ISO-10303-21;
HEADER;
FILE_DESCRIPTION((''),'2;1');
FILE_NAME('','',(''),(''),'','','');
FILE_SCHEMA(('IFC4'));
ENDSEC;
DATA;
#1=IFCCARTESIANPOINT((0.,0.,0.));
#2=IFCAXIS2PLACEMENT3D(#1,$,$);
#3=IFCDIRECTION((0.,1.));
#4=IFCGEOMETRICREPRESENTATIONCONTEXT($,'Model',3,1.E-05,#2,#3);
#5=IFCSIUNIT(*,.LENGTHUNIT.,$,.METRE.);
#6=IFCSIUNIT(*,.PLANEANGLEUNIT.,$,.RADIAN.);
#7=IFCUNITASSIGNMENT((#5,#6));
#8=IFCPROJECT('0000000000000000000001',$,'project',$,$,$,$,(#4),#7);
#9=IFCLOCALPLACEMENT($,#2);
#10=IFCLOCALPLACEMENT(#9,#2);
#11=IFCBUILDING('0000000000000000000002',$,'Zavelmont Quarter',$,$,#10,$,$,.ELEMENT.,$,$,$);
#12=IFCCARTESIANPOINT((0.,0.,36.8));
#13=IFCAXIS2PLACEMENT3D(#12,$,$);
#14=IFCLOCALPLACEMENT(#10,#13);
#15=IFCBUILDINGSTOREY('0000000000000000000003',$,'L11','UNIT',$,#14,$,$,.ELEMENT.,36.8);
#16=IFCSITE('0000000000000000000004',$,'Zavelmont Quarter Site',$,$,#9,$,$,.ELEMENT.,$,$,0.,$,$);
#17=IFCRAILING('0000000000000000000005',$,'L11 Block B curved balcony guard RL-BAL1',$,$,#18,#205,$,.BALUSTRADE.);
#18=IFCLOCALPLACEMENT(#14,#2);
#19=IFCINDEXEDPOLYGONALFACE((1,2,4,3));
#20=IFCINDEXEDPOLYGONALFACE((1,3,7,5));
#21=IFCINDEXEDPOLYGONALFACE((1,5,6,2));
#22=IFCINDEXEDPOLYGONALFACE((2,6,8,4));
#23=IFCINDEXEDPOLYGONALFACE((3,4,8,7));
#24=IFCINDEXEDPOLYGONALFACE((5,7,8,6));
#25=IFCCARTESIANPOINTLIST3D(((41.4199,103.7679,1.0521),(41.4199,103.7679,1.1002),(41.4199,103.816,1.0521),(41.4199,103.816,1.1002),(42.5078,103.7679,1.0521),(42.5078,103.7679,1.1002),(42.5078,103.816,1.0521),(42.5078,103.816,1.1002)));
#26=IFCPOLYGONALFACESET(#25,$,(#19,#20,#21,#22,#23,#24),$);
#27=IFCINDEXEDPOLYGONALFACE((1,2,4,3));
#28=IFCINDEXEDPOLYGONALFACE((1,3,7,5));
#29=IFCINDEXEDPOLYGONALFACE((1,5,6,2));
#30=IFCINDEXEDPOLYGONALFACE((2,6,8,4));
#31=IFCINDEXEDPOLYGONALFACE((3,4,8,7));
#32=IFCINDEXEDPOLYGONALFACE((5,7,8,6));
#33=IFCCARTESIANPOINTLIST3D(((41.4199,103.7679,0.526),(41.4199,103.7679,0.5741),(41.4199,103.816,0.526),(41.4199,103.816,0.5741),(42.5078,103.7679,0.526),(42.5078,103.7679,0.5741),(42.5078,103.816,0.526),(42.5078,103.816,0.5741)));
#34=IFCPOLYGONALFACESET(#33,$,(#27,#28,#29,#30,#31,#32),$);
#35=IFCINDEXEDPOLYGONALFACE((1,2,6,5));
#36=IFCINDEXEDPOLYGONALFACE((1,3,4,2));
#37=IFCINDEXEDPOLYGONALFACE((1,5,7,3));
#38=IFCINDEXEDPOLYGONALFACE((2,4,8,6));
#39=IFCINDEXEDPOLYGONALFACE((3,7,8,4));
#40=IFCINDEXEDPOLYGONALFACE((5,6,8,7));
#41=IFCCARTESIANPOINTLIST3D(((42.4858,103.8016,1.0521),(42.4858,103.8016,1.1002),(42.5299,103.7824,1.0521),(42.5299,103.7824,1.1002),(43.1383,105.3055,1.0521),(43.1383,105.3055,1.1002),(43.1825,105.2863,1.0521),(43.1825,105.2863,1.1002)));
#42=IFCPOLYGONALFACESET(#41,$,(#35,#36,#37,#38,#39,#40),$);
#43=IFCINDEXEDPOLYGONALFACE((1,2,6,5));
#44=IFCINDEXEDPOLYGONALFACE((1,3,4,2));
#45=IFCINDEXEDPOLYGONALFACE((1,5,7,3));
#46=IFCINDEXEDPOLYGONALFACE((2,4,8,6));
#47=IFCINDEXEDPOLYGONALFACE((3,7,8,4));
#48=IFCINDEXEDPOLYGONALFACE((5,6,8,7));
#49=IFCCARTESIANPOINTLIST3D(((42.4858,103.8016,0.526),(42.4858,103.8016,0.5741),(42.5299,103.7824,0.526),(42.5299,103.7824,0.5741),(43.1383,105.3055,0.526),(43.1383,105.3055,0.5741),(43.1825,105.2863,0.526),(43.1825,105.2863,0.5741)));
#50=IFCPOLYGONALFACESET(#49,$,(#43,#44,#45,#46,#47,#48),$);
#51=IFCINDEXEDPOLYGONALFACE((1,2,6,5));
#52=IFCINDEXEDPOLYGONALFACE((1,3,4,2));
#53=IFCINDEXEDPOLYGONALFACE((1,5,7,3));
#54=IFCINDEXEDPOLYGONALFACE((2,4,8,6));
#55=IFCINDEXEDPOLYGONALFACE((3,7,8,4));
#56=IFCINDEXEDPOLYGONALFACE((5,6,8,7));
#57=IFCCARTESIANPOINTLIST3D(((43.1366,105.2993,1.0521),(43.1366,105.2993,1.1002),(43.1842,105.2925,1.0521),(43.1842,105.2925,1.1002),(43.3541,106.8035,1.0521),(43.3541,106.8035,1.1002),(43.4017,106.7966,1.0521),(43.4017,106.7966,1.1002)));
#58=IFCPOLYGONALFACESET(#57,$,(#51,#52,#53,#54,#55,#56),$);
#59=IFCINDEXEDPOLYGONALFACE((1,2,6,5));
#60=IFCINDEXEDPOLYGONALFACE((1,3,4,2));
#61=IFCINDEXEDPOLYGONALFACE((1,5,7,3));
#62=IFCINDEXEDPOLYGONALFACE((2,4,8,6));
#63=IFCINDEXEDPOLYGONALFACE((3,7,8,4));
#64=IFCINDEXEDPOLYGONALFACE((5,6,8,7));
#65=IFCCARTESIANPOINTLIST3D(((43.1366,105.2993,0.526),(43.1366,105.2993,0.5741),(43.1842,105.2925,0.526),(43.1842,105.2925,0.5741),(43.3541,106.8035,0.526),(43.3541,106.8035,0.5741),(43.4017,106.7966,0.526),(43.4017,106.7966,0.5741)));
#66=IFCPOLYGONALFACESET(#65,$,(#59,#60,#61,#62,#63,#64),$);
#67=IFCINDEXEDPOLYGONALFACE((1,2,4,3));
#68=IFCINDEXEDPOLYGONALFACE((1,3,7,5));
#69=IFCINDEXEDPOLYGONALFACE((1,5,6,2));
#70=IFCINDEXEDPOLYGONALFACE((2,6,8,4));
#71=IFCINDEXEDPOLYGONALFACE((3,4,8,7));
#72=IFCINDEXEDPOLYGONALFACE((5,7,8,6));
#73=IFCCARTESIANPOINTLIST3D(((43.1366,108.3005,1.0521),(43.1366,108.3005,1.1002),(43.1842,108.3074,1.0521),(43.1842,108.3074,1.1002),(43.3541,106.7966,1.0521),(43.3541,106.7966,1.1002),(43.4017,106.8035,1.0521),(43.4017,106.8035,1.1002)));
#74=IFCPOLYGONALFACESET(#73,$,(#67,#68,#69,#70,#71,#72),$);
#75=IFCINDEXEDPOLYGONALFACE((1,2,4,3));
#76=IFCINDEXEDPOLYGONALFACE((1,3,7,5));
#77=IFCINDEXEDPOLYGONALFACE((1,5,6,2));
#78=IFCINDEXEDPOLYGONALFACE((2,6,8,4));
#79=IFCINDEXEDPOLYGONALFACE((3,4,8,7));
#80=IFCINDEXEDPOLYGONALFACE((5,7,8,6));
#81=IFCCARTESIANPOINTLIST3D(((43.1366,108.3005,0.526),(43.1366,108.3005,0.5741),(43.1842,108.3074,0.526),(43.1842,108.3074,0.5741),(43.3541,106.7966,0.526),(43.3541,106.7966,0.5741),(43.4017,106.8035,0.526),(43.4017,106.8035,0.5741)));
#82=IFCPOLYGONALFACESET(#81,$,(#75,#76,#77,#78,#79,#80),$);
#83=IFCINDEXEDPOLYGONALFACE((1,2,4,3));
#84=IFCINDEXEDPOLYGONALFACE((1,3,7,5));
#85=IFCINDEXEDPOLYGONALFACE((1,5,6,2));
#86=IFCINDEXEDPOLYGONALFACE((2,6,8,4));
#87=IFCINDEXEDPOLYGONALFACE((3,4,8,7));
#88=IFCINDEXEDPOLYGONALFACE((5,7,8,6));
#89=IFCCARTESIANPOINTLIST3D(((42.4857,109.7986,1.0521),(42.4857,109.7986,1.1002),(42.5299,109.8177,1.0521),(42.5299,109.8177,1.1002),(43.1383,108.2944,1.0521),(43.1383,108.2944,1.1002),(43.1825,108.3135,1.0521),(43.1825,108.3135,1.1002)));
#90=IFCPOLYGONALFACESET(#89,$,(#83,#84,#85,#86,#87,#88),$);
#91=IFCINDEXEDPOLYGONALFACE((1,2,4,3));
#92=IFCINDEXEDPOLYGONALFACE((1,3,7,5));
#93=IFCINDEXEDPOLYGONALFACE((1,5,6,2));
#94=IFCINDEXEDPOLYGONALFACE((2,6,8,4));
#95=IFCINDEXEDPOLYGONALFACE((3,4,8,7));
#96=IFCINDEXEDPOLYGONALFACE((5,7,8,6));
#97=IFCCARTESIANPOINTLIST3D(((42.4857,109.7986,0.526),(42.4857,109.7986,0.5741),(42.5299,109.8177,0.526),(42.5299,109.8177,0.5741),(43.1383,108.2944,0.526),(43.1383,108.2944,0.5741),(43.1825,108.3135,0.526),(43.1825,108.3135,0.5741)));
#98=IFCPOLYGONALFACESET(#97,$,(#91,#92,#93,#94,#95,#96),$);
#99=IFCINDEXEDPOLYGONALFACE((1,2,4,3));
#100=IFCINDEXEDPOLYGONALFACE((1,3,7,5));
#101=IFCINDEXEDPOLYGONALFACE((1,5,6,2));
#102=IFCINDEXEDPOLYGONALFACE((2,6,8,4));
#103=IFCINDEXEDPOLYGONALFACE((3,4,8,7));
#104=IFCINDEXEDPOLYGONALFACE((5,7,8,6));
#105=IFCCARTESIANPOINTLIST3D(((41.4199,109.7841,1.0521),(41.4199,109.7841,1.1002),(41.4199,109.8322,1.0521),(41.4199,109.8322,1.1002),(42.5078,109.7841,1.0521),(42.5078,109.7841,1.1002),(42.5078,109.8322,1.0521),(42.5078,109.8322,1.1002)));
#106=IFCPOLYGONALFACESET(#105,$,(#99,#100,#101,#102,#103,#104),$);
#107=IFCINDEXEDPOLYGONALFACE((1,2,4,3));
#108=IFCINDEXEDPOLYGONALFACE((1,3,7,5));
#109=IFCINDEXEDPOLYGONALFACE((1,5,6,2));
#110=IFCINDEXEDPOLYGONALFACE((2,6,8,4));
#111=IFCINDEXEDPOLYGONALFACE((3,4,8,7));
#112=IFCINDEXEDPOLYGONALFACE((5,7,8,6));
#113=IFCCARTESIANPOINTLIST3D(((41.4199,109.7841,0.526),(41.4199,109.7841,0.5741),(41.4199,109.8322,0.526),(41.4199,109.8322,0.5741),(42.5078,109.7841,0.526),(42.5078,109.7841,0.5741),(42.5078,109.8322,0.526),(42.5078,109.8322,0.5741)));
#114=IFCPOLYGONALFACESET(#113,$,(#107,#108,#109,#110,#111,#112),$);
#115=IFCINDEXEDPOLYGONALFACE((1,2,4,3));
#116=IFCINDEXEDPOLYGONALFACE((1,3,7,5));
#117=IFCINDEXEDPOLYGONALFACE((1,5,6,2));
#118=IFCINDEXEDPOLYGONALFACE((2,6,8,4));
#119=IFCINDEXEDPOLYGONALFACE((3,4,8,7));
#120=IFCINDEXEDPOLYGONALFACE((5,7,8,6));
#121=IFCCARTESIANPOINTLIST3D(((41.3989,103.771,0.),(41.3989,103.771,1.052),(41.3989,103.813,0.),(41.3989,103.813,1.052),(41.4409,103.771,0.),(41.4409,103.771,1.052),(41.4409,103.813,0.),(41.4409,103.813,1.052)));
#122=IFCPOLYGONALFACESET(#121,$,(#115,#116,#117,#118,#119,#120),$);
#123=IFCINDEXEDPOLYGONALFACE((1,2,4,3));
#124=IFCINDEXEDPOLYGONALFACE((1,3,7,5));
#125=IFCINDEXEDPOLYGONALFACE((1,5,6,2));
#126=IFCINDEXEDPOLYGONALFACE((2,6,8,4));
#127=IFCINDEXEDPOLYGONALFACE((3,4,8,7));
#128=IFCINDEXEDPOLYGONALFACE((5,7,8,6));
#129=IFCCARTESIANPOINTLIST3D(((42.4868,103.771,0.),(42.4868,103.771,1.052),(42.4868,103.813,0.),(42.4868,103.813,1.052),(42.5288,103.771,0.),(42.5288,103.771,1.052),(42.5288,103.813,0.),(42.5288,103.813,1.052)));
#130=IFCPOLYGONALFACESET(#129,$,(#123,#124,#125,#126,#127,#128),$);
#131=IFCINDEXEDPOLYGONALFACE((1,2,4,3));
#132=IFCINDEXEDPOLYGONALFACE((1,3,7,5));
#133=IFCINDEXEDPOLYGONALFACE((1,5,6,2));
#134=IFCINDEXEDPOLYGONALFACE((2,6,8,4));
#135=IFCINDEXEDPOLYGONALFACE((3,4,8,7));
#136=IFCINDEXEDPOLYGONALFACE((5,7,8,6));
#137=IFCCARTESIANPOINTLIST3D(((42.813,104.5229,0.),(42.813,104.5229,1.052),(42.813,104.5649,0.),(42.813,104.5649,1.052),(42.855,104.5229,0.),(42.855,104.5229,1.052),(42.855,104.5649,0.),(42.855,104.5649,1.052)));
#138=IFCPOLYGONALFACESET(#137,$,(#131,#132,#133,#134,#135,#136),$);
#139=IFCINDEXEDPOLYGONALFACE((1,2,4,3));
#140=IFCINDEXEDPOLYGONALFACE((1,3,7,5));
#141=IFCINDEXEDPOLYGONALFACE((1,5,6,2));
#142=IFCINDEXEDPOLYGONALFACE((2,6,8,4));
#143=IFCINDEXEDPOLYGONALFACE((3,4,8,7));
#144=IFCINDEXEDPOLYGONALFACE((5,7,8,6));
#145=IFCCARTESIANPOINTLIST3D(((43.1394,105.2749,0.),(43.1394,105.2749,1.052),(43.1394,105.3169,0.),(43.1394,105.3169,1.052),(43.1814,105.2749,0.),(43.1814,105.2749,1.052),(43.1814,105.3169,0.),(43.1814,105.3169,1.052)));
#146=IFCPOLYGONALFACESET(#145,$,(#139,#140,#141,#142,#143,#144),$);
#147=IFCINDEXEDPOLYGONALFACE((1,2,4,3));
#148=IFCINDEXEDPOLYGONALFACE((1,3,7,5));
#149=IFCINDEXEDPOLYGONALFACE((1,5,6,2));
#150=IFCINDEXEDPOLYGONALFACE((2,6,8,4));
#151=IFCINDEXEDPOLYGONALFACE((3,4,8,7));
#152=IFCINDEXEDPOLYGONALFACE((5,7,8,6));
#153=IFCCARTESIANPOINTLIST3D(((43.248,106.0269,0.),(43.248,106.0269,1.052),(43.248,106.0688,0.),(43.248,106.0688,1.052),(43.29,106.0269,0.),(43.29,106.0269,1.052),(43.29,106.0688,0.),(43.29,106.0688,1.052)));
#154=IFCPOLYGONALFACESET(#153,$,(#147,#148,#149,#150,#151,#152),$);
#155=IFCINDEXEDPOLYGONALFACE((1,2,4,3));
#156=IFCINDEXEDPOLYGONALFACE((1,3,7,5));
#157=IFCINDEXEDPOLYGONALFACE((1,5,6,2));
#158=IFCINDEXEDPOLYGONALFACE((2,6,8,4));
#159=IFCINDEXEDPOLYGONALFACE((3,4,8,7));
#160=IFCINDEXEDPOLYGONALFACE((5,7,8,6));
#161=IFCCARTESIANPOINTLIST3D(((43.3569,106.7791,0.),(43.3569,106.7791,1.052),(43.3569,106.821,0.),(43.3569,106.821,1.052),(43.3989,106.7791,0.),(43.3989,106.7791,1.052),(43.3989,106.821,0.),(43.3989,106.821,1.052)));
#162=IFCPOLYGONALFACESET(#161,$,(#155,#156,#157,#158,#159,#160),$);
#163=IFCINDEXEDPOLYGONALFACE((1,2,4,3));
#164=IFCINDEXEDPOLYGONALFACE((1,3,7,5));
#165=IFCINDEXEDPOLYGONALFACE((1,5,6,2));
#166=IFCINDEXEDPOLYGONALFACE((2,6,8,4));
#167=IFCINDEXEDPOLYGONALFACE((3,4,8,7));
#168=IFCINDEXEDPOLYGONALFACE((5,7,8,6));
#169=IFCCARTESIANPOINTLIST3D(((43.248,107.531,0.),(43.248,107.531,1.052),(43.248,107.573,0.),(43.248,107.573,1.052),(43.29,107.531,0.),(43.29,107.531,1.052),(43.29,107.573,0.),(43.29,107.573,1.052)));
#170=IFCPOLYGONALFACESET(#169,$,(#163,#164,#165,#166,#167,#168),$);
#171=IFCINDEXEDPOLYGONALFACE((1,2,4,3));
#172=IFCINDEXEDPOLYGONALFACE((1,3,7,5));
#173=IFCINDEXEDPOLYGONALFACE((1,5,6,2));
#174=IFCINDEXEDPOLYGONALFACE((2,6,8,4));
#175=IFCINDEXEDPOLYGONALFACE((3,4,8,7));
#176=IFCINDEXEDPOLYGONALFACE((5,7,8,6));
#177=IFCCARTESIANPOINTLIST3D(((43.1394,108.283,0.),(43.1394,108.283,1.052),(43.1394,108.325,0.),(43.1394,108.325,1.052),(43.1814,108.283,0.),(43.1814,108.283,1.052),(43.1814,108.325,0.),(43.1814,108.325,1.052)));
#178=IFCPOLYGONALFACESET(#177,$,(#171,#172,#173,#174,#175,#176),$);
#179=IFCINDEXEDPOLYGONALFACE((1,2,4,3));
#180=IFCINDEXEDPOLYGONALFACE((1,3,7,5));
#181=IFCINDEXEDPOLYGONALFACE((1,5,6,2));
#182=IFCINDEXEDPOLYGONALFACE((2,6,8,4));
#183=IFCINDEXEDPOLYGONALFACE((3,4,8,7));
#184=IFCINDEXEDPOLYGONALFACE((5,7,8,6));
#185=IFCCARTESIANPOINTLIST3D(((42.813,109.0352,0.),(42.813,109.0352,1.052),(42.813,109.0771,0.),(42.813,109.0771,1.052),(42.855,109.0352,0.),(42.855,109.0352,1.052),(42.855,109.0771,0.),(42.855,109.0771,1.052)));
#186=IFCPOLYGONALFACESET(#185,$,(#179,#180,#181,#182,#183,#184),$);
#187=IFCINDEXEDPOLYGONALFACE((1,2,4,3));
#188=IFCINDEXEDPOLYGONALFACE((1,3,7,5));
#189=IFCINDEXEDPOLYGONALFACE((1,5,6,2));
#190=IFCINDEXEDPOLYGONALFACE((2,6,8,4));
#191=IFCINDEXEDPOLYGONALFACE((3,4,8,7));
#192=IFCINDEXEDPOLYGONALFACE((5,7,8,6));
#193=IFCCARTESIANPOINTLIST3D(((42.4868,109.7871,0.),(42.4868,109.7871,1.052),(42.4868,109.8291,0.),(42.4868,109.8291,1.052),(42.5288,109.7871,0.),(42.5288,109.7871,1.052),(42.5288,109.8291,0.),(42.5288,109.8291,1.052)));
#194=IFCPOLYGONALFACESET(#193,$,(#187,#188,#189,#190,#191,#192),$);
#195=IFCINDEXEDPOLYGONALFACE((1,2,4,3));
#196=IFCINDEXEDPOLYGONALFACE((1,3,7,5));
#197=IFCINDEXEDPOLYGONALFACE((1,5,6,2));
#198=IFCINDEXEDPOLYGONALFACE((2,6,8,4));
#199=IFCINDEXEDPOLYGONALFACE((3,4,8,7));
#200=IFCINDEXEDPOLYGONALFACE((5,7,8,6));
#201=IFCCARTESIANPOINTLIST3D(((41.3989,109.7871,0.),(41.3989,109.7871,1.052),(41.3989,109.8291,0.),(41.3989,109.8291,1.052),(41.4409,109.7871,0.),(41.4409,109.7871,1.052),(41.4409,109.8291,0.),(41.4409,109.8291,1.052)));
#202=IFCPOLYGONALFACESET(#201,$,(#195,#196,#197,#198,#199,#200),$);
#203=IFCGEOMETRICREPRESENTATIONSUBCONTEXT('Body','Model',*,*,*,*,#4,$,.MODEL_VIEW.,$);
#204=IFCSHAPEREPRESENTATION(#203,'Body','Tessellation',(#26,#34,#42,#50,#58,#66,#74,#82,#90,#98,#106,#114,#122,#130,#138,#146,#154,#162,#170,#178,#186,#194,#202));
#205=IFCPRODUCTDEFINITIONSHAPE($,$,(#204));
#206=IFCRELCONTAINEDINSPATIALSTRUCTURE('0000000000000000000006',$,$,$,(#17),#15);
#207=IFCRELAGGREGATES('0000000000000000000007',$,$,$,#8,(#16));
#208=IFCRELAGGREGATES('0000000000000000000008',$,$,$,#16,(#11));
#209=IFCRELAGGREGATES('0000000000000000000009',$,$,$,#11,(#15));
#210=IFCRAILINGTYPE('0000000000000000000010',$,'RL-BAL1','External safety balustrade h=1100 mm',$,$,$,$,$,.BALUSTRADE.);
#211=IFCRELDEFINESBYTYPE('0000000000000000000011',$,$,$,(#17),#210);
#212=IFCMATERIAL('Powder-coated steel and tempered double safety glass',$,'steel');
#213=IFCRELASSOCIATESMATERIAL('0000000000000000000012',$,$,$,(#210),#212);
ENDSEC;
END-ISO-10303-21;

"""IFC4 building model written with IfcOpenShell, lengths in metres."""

from ifc_helpers import new_model, si_unit, direction, frame, origin, origin_2d, place, context, subcontext, project, spatial, rectangle, extrude, material, type_object, element, save


model = new_model("IFC4")

# Units and contexts
model_context = context("Model", 3, precision=1e-05, world=origin(), true_north=direction((0.0, 1.0)))
body_context = subcontext(model_context, "Body", "Model", "MODEL_VIEW")
ifc_project = project(units=[si_unit("LENGTHUNIT", "METRE"), si_unit("PLANEANGLEUNIT", "RADIAN")], contexts=[model_context])

# Site, building, storey
site_placement = place(None, origin())
site = spatial("IfcSite", under=ifc_project, at=site_placement, Name="Zavelmont Quarter Site", CompositionType="ELEMENT", RefElevation=0.0)
building_placement = place(site_placement, origin())
building = spatial("IfcBuilding", under=site, at=building_placement, Name="Zavelmont Quarter", CompositionType="ELEMENT")
storey_placement = place(building_placement, frame((0.0, 0.0, 36.8)))
storey = spatial("IfcBuildingStorey", under=building, at=storey_placement, Name="L11", Description="UNIT", CompositionType="ELEMENT", Elevation=36.8)

# Railing
ifc_material_1 = material(Name="Powder-coated steel and tempered double safety glass", Category="steel")
railing_type = type_object("IfcRailingType", Name="RL-BAL1", Description="External safety balustrade h=1100 mm", PredefinedType="BALUSTRADE", material=ifc_material_1)
railing_1_placement = place(storey_placement, frame((41.4199, 103.792, 0.0)))
element("IfcRailing", 1, at=railing_1_placement, inside=storey, type_object=railing_type, Name="L11 Block B curved balcony guard RL-BAL1", PredefinedType="BALUSTRADE", context=body_context, shape_type="SweptSolid", body=[
    extrude(rectangle(XDim=0.0481, YDim=0.0481, at=origin_2d()), frame((0.0, 0.0, 1.0762), z_axis=(1.0, 0.0, 0.0), x_axis=(0.0, 1.0, 0.0)), (0.0, 0.0, 1.0), 1.0879),
    extrude(rectangle(XDim=0.0481, YDim=0.0481, at=origin_2d()), frame((0.0, 0.0, 0.55), z_axis=(1.0, 0.0, 0.0), x_axis=(0.0, 1.0, 0.0)), (0.0, 0.0, 1.0), 1.0879),
    extrude(rectangle(XDim=0.0481, YDim=0.0481, at=origin_2d()), frame((1.0879, 0.0, 1.0762), z_axis=(0.398067, 0.917356, 0.0), x_axis=(-0.917356, 0.398067, 0.0)), (0.0, 0.0, 1.0), 1.6394),
    extrude(rectangle(XDim=0.0481, YDim=0.0481, at=origin_2d()), frame((1.0879, 0.0, 0.55), z_axis=(0.398067, 0.917356, 0.0), x_axis=(-0.917356, 0.398067, 0.0)), (0.0, 0.0, 1.0), 1.6394),
    extrude(rectangle(XDim=0.0481, YDim=0.0481, at=origin_2d()), frame((1.7405, 1.5039, 1.0762), z_axis=(0.14313, 0.989704, 0.0), x_axis=(-0.989704, 0.14313, 0.0)), (0.0, 0.0, 1.0), 1.5198),
    extrude(rectangle(XDim=0.0481, YDim=0.0481, at=origin_2d()), frame((1.7405, 1.5039, 0.55), z_axis=(0.14313, 0.989704, 0.0), x_axis=(-0.989704, 0.14313, 0.0)), (0.0, 0.0, 1.0), 1.5198),
    extrude(rectangle(XDim=0.0481, YDim=0.0481, at=origin_2d()), frame((1.958, 3.0081, 1.0762), z_axis=(-0.143153, 0.989701, 0.0), x_axis=(-0.989701, -0.143153, 0.0)), (0.0, 0.0, 1.0), 1.5195),
    extrude(rectangle(XDim=0.0481, YDim=0.0481, at=origin_2d()), frame((1.958, 3.0081, 0.55), z_axis=(-0.143153, 0.989701, 0.0), x_axis=(-0.989701, -0.143153, 0.0)), (0.0, 0.0, 1.0), 1.5195),
    extrude(rectangle(XDim=0.0481, YDim=0.0481, at=origin_2d()), frame((1.7405, 4.512, 1.0762), z_axis=(-0.398013, 0.91738, 0.0), x_axis=(-0.91738, -0.398013, 0.0)), (0.0, 0.0, 1.0), 1.6396),
    extrude(rectangle(XDim=0.0481, YDim=0.0481, at=origin_2d()), frame((1.7405, 4.512, 0.55), z_axis=(-0.398013, 0.91738, 0.0), x_axis=(-0.91738, -0.398013, 0.0)), (0.0, 0.0, 1.0), 1.6396),
    extrude(rectangle(XDim=0.0481, YDim=0.0481, at=origin_2d()), frame((1.0879, 6.0161, 1.0762), z_axis=(-1.0, 0.0, 0.0), x_axis=(0.0, -1.0, 0.0)), (0.0, 0.0, 1.0), 1.0879),
    extrude(rectangle(XDim=0.0481, YDim=0.0481, at=origin_2d()), frame((1.0879, 6.0161, 0.55), z_axis=(-1.0, 0.0, 0.0), x_axis=(0.0, -1.0, 0.0)), (0.0, 0.0, 1.0), 1.0879),
    extrude(rectangle(XDim=0.042, YDim=0.042, at=origin_2d()), origin(), (0.0, 0.0, 1.0), 1.052),
    extrude(rectangle(XDim=0.042, YDim=0.042, at=origin_2d()), frame((1.0879, 0.0, 0.0)), (0.0, 0.0, 1.0), 1.052),
    extrude(rectangle(XDim=0.042, YDim=0.042, at=origin_2d()), frame((1.4141, 0.752, 0.0)), (0.0, 0.0, 1.0), 1.052),
    extrude(rectangle(XDim=0.042, YDim=0.042, at=origin_2d()), frame((1.7405, 1.5039, 0.0)), (0.0, 0.0, 1.0), 1.052),
    extrude(rectangle(XDim=0.042, YDim=0.042, at=origin_2d()), frame((1.8491, 2.2559, 0.0)), (0.0, 0.0, 1.0), 1.052),
    extrude(rectangle(XDim=0.042, YDim=0.042, at=origin_2d()), frame((1.958, 3.0081, 0.0)), (0.0, 0.0, 1.0), 1.052),
    extrude(rectangle(XDim=0.042, YDim=0.042, at=origin_2d()), frame((1.8491, 3.76, 0.0)), (0.0, 0.0, 1.0), 1.052),
    extrude(rectangle(XDim=0.042, YDim=0.042, at=origin_2d()), frame((1.7405, 4.512, 0.0)), (0.0, 0.0, 1.0), 1.052),
    extrude(rectangle(XDim=0.042, YDim=0.042, at=origin_2d()), frame((1.4141, 5.2642, 0.0)), (0.0, 0.0, 1.0), 1.052),
    extrude(rectangle(XDim=0.042, YDim=0.042, at=origin_2d()), frame((1.0879, 6.0161, 0.0)), (0.0, 0.0, 1.0), 1.052),
    extrude(rectangle(XDim=0.042, YDim=0.042, at=origin_2d()), frame((0.0, 6.0161, 0.0)), (0.0, 0.0, 1.0), 1.052),
])

save(model, "model.ifc")
